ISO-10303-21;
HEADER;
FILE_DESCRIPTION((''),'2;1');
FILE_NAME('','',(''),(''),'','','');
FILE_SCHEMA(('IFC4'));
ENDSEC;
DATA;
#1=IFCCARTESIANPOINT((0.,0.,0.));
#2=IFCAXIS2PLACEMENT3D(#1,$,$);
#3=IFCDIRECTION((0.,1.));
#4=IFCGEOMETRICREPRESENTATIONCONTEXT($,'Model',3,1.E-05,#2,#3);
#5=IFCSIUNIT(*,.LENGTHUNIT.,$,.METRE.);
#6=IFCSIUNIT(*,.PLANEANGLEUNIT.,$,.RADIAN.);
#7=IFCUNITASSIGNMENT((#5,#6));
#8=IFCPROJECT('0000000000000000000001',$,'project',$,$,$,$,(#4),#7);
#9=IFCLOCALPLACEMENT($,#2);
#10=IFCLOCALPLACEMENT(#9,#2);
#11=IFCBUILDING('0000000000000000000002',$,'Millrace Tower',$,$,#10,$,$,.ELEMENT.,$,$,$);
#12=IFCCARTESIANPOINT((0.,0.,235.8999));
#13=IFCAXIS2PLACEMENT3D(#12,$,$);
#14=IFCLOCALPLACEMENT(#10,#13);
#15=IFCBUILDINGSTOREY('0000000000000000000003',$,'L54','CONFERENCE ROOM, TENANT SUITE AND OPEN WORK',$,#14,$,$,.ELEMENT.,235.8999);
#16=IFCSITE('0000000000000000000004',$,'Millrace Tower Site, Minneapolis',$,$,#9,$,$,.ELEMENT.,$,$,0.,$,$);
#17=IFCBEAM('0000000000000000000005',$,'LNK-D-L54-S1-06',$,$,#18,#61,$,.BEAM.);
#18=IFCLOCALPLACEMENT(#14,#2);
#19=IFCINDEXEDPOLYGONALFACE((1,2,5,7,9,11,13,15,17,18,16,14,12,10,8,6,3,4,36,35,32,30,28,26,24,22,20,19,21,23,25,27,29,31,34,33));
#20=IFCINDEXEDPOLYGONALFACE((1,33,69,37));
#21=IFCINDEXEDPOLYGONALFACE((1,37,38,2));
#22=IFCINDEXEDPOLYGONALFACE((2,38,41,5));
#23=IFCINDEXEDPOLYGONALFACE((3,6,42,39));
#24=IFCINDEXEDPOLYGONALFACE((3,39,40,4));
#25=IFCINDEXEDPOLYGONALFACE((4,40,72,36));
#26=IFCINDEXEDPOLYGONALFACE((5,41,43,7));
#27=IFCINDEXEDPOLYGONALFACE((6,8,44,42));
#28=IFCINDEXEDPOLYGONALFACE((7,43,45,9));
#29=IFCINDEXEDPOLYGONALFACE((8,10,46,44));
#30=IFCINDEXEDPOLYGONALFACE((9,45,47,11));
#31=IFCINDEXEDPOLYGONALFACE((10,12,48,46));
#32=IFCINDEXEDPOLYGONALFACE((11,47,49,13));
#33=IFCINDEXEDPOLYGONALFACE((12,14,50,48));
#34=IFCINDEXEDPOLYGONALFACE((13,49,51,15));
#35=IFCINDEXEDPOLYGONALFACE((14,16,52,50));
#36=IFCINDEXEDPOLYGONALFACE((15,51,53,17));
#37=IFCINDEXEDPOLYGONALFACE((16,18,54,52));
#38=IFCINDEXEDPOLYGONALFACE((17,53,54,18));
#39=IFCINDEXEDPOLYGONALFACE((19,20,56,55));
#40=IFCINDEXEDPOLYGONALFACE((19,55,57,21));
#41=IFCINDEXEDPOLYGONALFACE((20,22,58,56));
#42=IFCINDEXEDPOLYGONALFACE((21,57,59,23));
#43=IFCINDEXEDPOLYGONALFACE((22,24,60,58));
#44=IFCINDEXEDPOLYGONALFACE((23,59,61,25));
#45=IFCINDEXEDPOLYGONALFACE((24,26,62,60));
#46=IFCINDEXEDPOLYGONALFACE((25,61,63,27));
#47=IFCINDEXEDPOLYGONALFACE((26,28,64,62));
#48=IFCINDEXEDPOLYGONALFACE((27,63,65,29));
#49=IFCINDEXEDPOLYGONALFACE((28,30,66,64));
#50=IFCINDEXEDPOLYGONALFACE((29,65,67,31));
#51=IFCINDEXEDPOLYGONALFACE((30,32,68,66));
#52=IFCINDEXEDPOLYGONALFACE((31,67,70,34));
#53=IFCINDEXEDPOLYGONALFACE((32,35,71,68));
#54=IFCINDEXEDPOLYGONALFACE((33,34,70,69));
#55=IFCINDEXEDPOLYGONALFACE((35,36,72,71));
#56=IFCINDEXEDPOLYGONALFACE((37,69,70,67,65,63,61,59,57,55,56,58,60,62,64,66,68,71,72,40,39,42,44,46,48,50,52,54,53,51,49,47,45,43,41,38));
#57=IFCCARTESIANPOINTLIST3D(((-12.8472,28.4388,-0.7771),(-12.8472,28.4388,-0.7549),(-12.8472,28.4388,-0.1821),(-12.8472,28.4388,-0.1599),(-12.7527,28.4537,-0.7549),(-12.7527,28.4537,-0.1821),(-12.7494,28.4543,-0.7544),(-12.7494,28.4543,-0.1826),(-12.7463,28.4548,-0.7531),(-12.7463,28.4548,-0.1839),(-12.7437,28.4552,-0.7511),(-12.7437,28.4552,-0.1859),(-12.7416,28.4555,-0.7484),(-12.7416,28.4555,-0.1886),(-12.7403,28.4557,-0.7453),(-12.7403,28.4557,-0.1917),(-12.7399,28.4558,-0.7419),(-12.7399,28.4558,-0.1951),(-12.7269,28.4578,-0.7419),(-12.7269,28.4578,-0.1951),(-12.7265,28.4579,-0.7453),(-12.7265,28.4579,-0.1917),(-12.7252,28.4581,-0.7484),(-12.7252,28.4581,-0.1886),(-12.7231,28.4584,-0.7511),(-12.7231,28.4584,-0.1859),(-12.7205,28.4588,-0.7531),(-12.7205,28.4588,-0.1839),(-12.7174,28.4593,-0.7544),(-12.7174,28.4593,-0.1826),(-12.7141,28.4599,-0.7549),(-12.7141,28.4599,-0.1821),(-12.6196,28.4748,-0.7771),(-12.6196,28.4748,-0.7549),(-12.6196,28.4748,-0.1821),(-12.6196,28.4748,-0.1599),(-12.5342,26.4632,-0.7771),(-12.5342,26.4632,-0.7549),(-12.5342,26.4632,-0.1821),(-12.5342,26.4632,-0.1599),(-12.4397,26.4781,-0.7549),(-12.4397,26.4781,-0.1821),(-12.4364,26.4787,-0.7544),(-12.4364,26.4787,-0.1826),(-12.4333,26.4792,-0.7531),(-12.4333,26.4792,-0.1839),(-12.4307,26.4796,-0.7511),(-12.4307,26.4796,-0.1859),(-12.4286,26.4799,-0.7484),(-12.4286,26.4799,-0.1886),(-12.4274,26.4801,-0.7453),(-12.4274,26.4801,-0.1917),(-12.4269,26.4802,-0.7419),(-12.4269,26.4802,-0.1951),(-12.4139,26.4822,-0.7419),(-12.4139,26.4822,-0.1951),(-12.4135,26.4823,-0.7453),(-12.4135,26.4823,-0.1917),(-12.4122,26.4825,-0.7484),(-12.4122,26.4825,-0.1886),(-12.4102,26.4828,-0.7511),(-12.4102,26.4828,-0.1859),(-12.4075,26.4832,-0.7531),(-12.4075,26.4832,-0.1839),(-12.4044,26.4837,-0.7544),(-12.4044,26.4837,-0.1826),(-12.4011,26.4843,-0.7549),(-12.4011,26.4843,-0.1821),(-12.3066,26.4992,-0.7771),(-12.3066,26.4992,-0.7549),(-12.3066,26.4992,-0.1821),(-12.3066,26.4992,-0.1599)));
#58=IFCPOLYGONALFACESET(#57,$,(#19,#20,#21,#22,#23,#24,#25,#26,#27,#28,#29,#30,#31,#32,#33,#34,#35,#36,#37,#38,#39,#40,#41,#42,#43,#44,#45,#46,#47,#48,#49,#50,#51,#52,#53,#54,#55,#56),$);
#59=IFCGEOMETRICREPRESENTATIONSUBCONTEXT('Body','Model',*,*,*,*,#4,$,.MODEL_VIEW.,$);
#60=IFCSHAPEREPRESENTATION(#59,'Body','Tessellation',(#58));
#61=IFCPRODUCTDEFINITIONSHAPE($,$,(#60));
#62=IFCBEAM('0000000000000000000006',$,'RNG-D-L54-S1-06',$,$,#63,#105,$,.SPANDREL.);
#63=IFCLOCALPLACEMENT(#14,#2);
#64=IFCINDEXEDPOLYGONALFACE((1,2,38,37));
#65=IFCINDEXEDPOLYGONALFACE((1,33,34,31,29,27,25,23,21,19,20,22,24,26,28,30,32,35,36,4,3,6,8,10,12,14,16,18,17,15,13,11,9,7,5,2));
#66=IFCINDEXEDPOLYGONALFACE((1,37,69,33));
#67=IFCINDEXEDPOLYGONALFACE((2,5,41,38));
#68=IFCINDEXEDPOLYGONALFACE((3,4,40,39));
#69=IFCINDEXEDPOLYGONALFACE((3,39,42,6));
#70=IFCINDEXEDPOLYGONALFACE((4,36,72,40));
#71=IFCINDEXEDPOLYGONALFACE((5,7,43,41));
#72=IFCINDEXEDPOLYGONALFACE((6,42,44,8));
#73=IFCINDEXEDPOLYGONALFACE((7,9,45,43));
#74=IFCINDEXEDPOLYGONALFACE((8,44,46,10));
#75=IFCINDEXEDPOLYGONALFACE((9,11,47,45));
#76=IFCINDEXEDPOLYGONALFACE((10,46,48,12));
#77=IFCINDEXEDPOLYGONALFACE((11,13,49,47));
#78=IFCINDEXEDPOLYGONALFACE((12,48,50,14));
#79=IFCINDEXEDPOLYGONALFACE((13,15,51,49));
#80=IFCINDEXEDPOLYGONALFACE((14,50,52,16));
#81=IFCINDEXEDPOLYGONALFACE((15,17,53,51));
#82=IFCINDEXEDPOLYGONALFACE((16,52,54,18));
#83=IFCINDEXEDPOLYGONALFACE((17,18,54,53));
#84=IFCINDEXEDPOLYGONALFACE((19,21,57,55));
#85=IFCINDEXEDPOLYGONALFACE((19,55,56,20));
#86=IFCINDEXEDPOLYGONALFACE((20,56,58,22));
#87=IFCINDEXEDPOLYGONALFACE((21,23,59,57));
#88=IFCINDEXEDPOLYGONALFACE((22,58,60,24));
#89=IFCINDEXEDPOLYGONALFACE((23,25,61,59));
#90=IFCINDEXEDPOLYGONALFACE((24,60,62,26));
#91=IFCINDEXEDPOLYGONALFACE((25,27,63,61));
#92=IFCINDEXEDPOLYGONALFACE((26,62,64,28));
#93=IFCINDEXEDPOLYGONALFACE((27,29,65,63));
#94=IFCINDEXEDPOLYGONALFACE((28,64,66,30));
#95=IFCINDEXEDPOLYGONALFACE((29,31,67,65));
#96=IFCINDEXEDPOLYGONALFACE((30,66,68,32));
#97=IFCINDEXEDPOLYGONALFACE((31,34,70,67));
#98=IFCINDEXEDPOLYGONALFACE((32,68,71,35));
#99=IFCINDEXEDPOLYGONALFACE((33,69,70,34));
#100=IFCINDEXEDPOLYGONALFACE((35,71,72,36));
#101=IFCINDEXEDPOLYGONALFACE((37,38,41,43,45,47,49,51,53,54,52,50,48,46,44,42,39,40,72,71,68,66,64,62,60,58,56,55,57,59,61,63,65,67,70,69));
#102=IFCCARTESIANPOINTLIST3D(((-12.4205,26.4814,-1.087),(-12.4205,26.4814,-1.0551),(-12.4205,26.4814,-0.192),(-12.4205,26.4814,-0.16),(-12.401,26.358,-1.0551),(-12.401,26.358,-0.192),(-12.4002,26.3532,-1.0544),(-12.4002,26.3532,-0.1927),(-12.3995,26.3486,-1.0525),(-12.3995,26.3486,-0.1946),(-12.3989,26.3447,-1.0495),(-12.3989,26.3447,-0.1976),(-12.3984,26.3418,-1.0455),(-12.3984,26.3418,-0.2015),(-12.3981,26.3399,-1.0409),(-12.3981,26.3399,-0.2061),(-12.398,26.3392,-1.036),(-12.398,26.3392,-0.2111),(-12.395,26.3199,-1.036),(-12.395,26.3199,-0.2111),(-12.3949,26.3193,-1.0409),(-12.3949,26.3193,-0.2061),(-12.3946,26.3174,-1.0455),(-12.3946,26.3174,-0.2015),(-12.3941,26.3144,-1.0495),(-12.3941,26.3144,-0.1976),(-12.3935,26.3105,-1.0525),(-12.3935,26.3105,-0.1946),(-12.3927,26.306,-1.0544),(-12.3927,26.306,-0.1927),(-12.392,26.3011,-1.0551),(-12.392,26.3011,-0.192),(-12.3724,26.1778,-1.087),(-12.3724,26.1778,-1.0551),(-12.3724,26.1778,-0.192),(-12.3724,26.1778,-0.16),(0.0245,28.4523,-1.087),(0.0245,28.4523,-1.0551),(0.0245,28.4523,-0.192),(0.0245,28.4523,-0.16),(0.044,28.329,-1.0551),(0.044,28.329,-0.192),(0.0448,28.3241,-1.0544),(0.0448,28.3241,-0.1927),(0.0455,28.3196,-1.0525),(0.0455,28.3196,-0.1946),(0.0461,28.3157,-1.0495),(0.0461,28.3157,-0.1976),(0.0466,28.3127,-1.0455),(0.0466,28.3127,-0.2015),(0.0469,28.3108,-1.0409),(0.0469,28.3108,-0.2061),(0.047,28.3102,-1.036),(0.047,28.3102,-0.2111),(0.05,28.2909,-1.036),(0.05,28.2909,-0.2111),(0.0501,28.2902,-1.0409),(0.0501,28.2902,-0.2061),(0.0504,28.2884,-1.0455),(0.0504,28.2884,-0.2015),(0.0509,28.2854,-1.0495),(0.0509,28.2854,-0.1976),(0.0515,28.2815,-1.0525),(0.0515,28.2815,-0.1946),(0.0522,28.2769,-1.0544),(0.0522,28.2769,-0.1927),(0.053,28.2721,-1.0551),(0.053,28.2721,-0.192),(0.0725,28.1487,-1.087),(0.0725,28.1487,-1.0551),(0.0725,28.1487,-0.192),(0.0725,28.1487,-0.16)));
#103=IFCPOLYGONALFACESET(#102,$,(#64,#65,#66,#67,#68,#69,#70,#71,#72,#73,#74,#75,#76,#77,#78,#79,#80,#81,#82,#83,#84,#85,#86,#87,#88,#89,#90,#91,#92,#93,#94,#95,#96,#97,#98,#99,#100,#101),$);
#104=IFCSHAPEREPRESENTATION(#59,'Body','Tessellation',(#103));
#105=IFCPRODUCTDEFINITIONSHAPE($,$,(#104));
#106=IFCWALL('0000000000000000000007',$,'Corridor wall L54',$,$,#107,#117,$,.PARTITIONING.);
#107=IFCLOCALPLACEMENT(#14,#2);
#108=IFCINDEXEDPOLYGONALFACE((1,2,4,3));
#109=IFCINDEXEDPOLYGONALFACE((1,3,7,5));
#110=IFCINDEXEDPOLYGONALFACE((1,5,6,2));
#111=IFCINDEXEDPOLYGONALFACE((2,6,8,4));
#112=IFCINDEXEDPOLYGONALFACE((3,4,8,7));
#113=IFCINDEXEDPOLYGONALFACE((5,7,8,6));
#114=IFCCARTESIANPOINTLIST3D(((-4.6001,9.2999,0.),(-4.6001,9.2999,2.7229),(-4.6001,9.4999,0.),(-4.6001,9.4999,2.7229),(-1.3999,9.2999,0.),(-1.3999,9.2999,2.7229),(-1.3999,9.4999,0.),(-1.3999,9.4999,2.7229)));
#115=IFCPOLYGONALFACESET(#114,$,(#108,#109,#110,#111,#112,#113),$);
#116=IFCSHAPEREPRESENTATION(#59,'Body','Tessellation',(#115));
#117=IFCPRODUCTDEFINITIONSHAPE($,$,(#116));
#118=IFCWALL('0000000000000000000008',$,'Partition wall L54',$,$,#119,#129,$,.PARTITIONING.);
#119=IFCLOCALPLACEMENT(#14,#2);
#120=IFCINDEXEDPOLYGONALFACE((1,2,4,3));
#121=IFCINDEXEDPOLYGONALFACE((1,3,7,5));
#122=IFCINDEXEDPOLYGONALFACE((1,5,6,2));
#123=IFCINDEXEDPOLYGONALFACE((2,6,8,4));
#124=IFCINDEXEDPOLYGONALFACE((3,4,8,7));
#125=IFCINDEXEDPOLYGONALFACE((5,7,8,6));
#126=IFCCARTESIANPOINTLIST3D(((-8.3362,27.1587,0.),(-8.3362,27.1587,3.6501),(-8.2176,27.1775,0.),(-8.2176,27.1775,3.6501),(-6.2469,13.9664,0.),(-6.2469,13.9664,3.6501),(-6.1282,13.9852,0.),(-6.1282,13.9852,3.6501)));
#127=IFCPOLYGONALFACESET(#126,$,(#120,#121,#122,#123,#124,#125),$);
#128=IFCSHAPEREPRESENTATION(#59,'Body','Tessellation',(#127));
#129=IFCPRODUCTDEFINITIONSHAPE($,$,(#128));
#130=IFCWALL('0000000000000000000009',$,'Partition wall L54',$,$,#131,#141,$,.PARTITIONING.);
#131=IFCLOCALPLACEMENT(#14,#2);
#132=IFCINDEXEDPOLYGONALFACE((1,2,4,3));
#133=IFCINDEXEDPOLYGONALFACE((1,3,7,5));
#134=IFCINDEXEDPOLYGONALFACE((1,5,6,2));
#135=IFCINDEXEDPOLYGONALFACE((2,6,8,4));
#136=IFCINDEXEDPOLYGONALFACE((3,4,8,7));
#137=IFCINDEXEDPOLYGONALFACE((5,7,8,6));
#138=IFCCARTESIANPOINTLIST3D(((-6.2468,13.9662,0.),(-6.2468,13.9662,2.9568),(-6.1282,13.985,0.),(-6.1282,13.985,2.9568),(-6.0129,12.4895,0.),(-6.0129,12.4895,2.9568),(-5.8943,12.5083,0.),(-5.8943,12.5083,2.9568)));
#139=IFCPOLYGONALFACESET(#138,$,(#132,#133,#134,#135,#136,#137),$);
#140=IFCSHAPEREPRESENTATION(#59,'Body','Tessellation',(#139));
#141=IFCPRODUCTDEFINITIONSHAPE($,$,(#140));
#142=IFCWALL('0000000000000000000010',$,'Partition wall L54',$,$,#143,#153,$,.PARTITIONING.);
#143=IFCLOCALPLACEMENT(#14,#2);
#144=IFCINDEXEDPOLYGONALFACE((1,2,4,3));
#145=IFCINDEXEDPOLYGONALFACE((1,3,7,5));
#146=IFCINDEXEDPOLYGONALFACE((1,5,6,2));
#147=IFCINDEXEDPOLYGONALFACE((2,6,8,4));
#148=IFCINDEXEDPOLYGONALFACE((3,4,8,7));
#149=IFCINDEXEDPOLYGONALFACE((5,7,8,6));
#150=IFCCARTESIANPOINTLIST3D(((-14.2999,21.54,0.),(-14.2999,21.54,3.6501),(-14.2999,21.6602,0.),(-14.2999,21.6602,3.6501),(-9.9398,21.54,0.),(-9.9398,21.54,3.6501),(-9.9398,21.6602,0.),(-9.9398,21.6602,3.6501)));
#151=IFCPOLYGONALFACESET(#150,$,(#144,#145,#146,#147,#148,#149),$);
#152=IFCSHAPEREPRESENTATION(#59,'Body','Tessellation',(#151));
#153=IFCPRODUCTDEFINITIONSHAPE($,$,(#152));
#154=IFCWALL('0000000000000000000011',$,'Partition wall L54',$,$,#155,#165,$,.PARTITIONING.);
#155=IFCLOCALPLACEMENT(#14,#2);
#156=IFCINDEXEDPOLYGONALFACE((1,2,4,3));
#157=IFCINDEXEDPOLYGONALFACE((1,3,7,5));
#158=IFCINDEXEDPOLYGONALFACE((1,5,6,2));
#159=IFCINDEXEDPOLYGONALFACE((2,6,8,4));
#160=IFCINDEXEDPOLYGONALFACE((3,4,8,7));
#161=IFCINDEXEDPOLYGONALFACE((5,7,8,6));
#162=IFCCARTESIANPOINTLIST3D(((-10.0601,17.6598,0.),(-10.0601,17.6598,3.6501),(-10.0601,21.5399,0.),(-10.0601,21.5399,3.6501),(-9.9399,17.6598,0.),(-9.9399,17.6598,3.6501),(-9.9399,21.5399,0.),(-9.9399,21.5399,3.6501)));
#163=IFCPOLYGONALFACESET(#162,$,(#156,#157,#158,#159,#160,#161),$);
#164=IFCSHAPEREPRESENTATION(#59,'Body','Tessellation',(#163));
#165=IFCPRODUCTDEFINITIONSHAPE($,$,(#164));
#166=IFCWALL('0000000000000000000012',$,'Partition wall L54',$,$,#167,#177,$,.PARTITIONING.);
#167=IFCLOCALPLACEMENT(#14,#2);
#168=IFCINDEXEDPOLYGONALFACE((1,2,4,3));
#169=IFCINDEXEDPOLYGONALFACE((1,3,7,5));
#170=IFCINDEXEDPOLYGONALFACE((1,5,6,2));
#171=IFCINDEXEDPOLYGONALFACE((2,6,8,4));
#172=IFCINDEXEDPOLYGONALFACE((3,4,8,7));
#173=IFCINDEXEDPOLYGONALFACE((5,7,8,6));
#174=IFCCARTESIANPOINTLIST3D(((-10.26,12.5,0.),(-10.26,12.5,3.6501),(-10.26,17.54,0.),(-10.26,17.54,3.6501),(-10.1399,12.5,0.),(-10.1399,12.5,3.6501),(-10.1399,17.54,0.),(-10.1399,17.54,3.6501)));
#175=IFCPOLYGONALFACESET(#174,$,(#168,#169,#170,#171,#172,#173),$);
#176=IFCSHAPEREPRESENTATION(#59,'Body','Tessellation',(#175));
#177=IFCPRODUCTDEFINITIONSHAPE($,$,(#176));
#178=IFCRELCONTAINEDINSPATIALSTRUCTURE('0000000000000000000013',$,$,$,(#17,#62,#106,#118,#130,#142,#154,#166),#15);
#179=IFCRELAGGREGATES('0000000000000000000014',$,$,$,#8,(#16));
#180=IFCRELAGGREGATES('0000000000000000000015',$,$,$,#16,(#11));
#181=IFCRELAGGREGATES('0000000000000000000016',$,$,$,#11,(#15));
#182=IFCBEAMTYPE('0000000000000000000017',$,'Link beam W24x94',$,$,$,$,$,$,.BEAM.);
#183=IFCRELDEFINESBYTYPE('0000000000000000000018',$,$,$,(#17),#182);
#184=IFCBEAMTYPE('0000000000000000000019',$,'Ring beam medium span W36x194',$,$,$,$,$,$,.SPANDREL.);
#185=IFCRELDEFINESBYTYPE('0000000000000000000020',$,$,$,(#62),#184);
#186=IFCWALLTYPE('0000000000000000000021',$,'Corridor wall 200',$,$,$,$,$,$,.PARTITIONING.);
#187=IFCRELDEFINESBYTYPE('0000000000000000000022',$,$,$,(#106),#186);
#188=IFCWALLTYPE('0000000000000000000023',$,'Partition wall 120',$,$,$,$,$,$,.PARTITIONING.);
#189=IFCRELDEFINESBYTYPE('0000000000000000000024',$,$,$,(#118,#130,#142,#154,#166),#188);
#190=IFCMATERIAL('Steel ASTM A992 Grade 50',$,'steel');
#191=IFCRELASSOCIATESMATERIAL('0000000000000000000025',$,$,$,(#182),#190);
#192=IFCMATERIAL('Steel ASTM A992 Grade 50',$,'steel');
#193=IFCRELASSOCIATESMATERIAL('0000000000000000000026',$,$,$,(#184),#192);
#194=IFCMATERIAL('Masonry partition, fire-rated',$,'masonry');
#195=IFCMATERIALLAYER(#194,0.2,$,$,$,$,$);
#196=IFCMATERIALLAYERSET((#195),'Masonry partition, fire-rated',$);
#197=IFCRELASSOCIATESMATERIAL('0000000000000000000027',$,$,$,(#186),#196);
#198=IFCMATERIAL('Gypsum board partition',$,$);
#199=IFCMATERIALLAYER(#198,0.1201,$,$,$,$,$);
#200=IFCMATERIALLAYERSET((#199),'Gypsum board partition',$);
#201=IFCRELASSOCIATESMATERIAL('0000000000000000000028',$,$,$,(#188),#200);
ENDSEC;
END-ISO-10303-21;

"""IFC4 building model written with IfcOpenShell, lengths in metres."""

from ifc_helpers import new_model, si_unit, direction, frame, frame_2d, origin, origin_2d, place, context, subcontext, project, spatial, rectangle, i_section, extrude, material, layer, layer_set, material_profile, profile_set, type_object, element, save


model = new_model("IFC4")

# Units and contexts
model_context = context("Model", 3, precision=1e-05, world=origin(), true_north=direction((0.0, 1.0)))
body_context = subcontext(model_context, "Body", "Model", "MODEL_VIEW")
ifc_project = project(units=[si_unit("LENGTHUNIT", "METRE"), si_unit("PLANEANGLEUNIT", "RADIAN")], contexts=[model_context])

# Site, building, storey
site_placement = place(None, origin())
site = spatial("IfcSite", under=ifc_project, at=site_placement, Name="Millrace Tower Site, Minneapolis", CompositionType="ELEMENT", RefElevation=0.0)
building_placement = place(site_placement, origin())
building = spatial("IfcBuilding", under=site, at=building_placement, Name="Millrace Tower", CompositionType="ELEMENT")
storey_placement = place(building_placement, frame((0.0, 0.0, 235.8999)))
storey = spatial("IfcBuildingStorey", under=building, at=storey_placement, Name="L54", Description="CONFERENCE ROOM, TENANT SUITE AND OPEN WORK", CompositionType="ELEMENT", Elevation=235.8999)

# Beams
ifc_material_1 = material(Name="Steel ASTM A992 Grade 50", Category="steel")
ifc_material_profile_1 = material_profile(ifc_material_1, i_section(OverallWidth=0.2305, OverallDepth=0.6172, WebThickness=0.0132, FlangeThickness=0.0222, FilletRadius=0.0129, at=origin_2d()))
ifc_profile_set_1 = profile_set([ifc_material_profile_1], Name="Steel ASTM A992 Grade 50")
beam_type_1 = type_object("IfcBeamType", Name="Link beam W24x94", PredefinedType="BEAM", material=ifc_profile_set_1)
beam_1_placement = place(storey_placement, frame((-12.4204, 26.4812, -0.4685), z_axis=(-0.156477, 0.987682, 0.0), x_axis=(-0.987682, -0.156477, 0.0)))
element("IfcBeam", 1, at=beam_1_placement, inside=storey, type_object=beam_type_1, Name="LNK-D-L54-S1-06", PredefinedType="BEAM", context=body_context, shape_type="SweptSolid", body=[
    extrude(i_section(OverallWidth=0.2305, OverallDepth=0.6172, WebThickness=0.0132, FlangeThickness=0.0222, FilletRadius=0.0129, at=origin_2d()), origin(), (0.0, 0.0, 1.0), 2.0002),
])
ifc_material_2 = material(Name="Steel ASTM A992 Grade 50", Category="steel")
ifc_material_profile_2 = material_profile(ifc_material_2, i_section(OverallWidth=0.3074, OverallDepth=0.927, WebThickness=0.0195, FlangeThickness=0.032, FilletRadius=0.019, at=origin_2d()))
ifc_profile_set_2 = profile_set([ifc_material_profile_2], Name="Steel ASTM A992 Grade 50")
beam_type_2 = type_object("IfcBeamType", Name="Ring beam medium span W36x194", PredefinedType="SPANDREL", material=ifc_profile_set_2)
beam_2_placement = place(storey_placement, frame((-12.3965, 26.3296, -0.6235), z_axis=(0.98769, 0.156422, 0.0), x_axis=(-0.156422, 0.98769, 0.0)))
element("IfcBeam", 2, at=beam_2_placement, inside=storey, type_object=beam_type_2, Name="RNG-D-L54-S1-06", PredefinedType="SPANDREL", context=body_context, shape_type="SweptSolid", body=[
    extrude(i_section(OverallWidth=0.3074, OverallDepth=0.927, WebThickness=0.0195, FlangeThickness=0.032, FilletRadius=0.019, at=origin_2d()), origin(), (0.0, 0.0, 1.0), 12.6001),
])

# Walls
ifc_material_3 = material(Name="Masonry partition, fire-rated", Category="masonry")
ifc_layer_1 = layer(ifc_material_3, 0.2)
ifc_layer_set_1 = layer_set([ifc_layer_1], Name="Masonry partition, fire-rated")
wall_type_1 = type_object("IfcWallType", Name="Corridor wall 200", PredefinedType="PARTITIONING", material=ifc_layer_set_1)
wall_1_placement = place(storey_placement, frame((-4.6001, 9.3999, 0.0), z_axis=(0.0, 0.0, 1.0), x_axis=(1.0, 0.0, 0.0)))
element("IfcWall", 3, at=wall_1_placement, inside=storey, type_object=wall_type_1, Name="Corridor wall L54", PredefinedType="PARTITIONING", context=body_context, shape_type="SweptSolid", body=[
    extrude(rectangle(XDim=3.2002, YDim=0.2, at=frame_2d((1.6001, 0.0))), origin(), (0.0, 0.0, 1.0), 2.7229),
])
ifc_material_4 = material(Name="Gypsum board partition")
ifc_layer_2 = layer(ifc_material_4, 0.1201)
ifc_layer_set_2 = layer_set([ifc_layer_2], Name="Gypsum board partition")
wall_type_2 = type_object("IfcWallType", Name="Partition wall 120", PredefinedType="PARTITIONING", material=ifc_layer_set_2)
wall_2_placement = place(storey_placement, frame((-8.2769, 27.168, 0.0), z_axis=(0.0, 0.0, 1.0), x_axis=(0.156426, -0.98769, 0.0)))
element("IfcWall", 4, at=wall_2_placement, inside=storey, type_object=wall_type_2, Name="Partition wall L54", PredefinedType="PARTITIONING", context=body_context, shape_type="SweptSolid", body=[
    extrude(rectangle(XDim=13.3567, YDim=0.1201, at=frame_2d((6.6782, 0.0))), origin(), (0.0, 0.0, 1.0), 3.6501),
])
wall_3_placement = place(storey_placement, frame((-6.1875, 13.9756, 0.0), z_axis=(0.0, 0.0, 1.0), x_axis=(0.156424, -0.98769, 0.0)))
element("IfcWall", 5, at=wall_3_placement, inside=storey, type_object=wall_type_2, Name="Partition wall L54", PredefinedType="PARTITIONING", context=body_context, shape_type="SweptSolid", body=[
    extrude(rectangle(XDim=1.4951, YDim=0.1201, at=frame_2d((0.7476, 0.0))), origin(), (0.0, 0.0, 1.0), 2.9568),
])
wall_4_placement = place(storey_placement, frame((-14.3, 21.6001, 0.0), z_axis=(0.0, 0.0, 1.0), x_axis=(1.0, 0.0, 0.0)))
element("IfcWall", 6, at=wall_4_placement, inside=storey, type_object=wall_type_2, Name="Partition wall L54", PredefinedType="PARTITIONING", context=body_context, shape_type="SweptSolid", body=[
    extrude(rectangle(XDim=4.3601, YDim=0.1201, at=frame_2d((2.1802, 0.0))), origin(), (0.0, 0.0, 1.0), 3.6501),
])
wall_5_placement = place(storey_placement, frame((-10.0, 17.6599, 0.0), z_axis=(0.0, 0.0, 1.0), x_axis=(0.0, 1.0, 0.0)))
element("IfcWall", 7, at=wall_5_placement, inside=storey, type_object=wall_type_2, Name="Partition wall L54", PredefinedType="PARTITIONING", context=body_context, shape_type="SweptSolid", body=[
    extrude(rectangle(XDim=3.8801, YDim=0.1201, at=frame_2d((1.9399, 0.0))), origin(), (0.0, 0.0, 1.0), 3.6501),
])
wall_6_placement = place(storey_placement, frame((-10.2, 12.5, 0.0), z_axis=(0.0, 0.0, 1.0), x_axis=(0.0, 1.0, 0.0)))
element("IfcWall", 8, at=wall_6_placement, inside=storey, type_object=wall_type_2, Name="Partition wall L54", PredefinedType="PARTITIONING", context=body_context, shape_type="SweptSolid", body=[
    extrude(rectangle(XDim=5.04, YDim=0.1201, at=frame_2d((2.52, 0.0))), origin(), (0.0, 0.0, 1.0), 3.6501),
])

save(model, "model.ifc")
